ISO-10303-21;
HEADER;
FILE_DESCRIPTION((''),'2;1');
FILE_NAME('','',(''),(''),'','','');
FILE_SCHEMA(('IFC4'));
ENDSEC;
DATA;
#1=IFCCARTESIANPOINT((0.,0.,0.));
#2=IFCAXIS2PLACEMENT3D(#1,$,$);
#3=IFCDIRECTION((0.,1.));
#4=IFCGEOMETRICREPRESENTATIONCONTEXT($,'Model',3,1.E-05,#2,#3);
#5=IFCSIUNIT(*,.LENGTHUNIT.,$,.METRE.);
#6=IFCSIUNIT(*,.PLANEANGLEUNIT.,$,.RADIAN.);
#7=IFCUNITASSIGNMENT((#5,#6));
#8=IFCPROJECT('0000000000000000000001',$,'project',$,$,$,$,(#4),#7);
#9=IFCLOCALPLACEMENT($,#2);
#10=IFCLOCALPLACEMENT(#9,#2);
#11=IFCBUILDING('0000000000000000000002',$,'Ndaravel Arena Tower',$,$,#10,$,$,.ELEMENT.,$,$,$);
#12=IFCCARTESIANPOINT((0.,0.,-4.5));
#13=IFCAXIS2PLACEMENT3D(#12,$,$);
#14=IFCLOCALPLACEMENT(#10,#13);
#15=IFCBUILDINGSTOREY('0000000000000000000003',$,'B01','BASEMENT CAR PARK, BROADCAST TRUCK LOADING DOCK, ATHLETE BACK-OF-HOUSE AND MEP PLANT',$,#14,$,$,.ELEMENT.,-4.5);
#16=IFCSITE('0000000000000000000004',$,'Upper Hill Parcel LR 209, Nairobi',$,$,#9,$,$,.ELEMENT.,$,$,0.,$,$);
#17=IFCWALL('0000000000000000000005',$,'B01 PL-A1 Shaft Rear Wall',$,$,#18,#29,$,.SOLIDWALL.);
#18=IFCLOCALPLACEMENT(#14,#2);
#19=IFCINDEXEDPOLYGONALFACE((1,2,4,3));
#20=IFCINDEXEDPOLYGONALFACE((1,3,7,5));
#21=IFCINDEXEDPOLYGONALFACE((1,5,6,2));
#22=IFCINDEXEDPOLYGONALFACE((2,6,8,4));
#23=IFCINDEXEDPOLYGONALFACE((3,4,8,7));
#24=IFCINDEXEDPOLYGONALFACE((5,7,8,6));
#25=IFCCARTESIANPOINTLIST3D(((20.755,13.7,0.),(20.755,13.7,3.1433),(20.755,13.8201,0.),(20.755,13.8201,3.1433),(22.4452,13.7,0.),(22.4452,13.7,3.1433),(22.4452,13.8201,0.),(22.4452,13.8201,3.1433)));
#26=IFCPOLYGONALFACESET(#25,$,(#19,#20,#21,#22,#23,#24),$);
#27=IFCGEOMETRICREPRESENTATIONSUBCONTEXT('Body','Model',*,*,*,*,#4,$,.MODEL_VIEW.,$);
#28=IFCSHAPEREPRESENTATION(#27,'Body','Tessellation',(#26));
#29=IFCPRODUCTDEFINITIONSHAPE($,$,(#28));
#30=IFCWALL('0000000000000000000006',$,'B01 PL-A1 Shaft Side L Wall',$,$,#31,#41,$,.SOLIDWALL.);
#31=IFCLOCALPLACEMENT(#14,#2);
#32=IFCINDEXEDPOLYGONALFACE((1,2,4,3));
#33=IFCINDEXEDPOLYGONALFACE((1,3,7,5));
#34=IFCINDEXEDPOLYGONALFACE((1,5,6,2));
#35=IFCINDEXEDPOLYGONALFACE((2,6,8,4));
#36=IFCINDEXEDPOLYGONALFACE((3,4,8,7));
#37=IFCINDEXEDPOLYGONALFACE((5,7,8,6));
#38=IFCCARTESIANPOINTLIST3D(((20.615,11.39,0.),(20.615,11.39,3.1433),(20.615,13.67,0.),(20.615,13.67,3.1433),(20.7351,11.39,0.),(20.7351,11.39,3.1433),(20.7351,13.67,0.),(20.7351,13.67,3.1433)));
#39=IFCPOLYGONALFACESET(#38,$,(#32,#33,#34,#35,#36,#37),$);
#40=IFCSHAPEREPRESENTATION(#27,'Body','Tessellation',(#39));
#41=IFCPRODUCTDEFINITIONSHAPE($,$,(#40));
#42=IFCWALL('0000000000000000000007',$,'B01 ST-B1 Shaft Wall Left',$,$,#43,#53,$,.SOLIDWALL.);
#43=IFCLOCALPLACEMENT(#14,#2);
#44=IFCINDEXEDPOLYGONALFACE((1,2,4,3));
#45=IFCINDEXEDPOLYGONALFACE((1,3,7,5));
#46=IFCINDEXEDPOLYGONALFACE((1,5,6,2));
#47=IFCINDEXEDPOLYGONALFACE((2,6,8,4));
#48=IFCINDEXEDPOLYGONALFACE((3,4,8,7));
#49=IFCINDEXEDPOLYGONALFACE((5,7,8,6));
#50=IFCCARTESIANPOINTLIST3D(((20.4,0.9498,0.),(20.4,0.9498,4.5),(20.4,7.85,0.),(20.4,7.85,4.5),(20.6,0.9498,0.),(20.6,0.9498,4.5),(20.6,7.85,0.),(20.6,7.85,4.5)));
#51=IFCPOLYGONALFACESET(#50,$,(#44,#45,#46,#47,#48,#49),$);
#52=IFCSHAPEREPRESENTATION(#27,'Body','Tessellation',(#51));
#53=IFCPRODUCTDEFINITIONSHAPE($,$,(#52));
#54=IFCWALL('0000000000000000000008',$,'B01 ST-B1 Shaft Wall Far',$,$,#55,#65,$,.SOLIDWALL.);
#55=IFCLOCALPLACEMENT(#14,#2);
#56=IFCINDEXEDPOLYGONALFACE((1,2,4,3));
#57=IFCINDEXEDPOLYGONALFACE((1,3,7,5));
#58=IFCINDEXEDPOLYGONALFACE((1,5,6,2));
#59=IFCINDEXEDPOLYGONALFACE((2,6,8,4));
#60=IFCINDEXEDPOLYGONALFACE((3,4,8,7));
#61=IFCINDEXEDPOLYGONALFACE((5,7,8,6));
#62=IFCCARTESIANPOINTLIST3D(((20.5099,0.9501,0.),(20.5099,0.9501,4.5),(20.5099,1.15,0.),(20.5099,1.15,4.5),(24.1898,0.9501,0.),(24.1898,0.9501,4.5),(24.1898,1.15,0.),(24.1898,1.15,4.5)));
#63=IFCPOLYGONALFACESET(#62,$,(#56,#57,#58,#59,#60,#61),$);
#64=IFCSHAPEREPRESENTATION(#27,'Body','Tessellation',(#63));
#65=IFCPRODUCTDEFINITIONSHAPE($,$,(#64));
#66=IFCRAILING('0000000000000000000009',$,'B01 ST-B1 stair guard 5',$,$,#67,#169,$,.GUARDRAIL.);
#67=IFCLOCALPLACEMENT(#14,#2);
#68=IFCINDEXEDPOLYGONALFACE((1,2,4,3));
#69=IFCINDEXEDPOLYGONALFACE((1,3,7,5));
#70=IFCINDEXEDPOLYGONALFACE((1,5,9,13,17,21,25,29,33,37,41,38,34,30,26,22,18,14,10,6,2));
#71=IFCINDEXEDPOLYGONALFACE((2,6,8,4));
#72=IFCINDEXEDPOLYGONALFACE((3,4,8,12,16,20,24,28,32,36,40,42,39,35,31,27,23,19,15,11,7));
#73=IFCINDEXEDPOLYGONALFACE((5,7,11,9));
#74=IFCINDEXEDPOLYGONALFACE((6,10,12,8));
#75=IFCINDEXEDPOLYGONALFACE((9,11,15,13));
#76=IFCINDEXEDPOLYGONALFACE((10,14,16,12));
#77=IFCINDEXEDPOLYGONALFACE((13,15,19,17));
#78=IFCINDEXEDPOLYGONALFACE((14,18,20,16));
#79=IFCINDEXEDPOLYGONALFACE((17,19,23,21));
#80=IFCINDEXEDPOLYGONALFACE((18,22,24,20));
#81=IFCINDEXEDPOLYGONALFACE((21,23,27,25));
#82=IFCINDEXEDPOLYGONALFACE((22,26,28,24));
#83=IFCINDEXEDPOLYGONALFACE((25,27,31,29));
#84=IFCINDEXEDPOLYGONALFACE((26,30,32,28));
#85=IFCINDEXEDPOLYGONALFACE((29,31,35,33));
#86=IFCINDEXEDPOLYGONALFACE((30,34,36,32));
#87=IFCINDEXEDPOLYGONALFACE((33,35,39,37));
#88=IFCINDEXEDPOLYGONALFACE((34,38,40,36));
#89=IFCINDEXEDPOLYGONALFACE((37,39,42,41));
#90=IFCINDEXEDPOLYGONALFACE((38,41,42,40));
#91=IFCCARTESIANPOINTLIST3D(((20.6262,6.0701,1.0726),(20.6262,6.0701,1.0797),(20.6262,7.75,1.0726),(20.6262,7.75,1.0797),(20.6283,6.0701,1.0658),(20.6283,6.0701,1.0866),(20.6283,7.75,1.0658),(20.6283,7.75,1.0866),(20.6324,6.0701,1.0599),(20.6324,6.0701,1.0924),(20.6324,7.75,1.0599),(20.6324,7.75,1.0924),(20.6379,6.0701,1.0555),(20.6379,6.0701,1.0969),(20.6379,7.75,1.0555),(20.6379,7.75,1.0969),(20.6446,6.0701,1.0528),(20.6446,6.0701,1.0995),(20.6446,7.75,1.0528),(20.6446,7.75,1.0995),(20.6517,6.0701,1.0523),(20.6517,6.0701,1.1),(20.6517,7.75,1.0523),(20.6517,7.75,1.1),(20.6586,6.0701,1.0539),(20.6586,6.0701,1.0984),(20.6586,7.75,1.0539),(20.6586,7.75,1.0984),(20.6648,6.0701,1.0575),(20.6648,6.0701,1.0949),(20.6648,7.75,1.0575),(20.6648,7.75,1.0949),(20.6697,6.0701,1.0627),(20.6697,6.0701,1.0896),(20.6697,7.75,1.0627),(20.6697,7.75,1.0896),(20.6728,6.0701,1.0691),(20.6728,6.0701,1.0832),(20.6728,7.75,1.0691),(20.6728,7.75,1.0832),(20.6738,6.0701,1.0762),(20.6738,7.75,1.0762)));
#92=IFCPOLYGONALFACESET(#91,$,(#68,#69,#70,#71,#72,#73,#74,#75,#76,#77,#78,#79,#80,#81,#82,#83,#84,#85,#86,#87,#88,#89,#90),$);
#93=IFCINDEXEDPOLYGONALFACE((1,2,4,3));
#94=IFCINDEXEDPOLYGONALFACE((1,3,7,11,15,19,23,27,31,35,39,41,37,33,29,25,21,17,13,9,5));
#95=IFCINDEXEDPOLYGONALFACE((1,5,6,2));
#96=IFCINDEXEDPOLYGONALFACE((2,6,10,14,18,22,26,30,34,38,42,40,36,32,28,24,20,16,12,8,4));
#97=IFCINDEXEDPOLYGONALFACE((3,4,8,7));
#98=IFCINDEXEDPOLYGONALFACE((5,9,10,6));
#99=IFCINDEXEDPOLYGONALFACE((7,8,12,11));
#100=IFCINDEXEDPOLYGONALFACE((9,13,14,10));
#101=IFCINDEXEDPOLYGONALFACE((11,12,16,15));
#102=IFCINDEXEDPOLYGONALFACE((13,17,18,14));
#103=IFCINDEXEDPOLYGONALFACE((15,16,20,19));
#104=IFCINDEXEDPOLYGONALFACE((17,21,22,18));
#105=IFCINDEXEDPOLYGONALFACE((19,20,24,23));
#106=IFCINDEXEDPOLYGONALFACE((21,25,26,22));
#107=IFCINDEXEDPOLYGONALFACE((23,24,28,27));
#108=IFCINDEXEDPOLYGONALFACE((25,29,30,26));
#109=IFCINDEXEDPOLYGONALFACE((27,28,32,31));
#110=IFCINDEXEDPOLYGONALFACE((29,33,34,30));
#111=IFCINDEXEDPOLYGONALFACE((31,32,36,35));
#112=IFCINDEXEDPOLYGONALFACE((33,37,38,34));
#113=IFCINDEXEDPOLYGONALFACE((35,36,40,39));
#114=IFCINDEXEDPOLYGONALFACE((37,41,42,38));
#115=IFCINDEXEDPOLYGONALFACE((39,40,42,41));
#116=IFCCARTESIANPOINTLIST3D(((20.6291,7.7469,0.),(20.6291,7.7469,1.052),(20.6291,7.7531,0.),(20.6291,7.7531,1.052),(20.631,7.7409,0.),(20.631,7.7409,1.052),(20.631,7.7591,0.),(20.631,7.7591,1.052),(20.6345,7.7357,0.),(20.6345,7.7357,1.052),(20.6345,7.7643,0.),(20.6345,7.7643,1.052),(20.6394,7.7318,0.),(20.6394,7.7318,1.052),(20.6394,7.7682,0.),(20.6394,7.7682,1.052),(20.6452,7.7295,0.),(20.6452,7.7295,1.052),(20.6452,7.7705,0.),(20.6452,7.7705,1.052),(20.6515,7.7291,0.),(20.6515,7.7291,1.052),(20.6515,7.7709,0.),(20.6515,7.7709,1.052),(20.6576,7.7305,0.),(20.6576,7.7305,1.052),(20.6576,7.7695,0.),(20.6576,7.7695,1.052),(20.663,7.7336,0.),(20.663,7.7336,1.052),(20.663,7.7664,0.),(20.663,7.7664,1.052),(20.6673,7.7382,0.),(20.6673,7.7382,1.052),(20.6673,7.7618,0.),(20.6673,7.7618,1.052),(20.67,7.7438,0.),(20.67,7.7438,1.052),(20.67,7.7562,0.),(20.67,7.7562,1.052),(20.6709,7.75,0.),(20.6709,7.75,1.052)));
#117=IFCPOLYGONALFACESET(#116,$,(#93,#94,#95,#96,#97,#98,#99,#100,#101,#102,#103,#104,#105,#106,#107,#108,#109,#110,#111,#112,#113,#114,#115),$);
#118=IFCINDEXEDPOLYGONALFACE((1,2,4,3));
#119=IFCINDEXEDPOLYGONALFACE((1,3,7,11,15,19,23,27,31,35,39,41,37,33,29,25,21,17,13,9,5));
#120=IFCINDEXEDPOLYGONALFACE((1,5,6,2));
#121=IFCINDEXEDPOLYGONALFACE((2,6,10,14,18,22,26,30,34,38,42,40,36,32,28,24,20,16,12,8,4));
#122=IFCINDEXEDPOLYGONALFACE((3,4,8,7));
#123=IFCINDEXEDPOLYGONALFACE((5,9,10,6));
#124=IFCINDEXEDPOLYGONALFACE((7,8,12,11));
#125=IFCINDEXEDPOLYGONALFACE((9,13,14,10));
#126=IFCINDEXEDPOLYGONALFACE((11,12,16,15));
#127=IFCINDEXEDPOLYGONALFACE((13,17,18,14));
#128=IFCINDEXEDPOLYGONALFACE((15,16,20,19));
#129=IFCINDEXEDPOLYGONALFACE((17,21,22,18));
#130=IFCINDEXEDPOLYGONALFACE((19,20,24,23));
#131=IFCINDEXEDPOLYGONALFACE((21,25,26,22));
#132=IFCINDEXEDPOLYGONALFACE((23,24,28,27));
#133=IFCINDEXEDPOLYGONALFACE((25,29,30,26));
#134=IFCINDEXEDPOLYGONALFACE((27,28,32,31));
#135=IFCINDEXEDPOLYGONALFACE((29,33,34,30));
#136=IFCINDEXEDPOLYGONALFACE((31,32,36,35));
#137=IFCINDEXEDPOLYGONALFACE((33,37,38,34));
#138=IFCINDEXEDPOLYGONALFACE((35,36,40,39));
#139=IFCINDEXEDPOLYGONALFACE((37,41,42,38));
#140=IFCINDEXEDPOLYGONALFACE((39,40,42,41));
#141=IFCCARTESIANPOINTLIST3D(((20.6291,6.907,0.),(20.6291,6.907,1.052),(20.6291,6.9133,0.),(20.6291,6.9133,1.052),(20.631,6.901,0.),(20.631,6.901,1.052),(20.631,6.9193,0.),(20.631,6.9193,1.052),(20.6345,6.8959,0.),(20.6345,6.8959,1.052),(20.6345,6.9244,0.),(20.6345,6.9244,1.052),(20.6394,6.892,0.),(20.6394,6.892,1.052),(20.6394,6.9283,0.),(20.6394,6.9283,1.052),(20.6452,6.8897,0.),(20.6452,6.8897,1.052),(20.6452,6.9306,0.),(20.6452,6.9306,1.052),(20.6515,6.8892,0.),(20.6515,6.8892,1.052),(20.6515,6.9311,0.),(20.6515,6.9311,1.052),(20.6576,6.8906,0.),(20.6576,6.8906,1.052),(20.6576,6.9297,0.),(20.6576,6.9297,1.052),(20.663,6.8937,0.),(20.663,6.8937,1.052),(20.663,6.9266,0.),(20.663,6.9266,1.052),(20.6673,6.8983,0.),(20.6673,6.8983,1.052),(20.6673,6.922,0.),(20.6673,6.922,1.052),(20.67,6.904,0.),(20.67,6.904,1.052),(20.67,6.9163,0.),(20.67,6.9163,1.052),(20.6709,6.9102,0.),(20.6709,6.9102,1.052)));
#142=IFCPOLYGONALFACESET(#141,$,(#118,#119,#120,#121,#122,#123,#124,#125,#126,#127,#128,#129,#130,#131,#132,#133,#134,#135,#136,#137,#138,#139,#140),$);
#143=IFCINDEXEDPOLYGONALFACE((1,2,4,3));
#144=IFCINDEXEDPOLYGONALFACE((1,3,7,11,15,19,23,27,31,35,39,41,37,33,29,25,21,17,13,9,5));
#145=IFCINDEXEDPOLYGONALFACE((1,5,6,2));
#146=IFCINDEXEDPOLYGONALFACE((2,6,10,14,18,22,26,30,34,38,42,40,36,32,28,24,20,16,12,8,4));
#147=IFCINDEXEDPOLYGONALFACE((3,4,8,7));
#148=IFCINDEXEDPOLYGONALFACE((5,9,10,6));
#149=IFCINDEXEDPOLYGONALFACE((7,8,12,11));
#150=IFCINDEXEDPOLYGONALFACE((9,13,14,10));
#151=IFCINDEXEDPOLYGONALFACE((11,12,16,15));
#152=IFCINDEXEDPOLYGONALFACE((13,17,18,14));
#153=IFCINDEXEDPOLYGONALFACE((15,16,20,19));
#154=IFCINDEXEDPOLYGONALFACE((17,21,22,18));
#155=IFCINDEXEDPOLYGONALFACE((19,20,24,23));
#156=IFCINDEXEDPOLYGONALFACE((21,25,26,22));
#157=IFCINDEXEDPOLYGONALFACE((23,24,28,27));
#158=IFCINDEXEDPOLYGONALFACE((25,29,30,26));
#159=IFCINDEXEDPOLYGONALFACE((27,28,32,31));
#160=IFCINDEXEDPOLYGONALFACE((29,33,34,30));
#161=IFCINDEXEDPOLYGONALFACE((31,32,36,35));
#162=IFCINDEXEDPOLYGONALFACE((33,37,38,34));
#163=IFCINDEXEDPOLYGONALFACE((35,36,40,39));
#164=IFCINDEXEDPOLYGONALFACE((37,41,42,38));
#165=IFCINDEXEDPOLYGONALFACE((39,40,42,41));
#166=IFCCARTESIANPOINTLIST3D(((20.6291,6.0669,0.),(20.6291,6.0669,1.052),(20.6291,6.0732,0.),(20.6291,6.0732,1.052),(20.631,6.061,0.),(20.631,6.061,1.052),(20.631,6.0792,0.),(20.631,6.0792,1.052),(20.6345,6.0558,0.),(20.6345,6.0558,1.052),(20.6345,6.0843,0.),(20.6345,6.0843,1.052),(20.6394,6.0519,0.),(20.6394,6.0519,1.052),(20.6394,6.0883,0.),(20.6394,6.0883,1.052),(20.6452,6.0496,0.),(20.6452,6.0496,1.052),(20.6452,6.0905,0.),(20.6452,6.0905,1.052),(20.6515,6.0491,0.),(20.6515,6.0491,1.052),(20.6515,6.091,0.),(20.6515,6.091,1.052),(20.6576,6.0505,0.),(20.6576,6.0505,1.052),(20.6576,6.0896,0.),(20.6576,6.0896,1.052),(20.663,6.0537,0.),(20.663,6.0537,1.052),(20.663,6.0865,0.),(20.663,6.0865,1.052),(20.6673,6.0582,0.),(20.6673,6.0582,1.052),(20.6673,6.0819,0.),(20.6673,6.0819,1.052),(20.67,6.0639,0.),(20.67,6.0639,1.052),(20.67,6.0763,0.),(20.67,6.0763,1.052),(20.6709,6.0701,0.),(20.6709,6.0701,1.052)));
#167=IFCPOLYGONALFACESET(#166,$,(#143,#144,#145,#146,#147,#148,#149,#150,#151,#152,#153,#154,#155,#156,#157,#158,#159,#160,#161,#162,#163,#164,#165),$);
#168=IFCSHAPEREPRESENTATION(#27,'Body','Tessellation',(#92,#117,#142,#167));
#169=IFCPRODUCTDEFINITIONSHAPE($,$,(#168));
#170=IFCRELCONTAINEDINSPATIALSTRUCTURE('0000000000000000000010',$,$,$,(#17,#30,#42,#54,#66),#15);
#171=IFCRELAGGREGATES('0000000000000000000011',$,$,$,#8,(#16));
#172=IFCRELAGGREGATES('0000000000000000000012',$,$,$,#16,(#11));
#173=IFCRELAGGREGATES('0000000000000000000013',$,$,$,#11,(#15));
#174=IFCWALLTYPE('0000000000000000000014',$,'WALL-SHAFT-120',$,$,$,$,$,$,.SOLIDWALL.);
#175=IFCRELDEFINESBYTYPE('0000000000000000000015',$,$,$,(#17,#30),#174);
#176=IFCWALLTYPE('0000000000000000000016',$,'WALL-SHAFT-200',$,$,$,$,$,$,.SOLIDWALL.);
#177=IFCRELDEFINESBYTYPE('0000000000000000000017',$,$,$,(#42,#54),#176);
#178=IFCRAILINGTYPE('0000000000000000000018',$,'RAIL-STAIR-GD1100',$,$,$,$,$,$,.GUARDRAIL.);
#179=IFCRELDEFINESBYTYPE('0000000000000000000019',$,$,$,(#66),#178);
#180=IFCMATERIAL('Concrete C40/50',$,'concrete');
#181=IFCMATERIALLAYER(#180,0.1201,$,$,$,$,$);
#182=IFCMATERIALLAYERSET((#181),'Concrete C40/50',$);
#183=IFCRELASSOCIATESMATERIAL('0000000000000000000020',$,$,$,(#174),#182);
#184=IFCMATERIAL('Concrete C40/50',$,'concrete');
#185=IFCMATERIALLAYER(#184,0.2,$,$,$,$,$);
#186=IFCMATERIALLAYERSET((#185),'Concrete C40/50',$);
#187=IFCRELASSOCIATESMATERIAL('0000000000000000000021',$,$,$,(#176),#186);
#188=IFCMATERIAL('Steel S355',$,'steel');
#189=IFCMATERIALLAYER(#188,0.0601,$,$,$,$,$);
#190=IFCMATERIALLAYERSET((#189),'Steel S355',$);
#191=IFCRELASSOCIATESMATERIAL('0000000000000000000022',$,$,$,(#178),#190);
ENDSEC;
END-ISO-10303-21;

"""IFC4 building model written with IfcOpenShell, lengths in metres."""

from ifc_helpers import new_model, si_unit, direction, frame, frame_2d, origin, origin_2d, place, context, subcontext, project, spatial, rectangle, circle, extrude, material, layer, layer_set, type_object, element, save


model = new_model("IFC4")

# Units and contexts
model_context = context("Model", 3, precision=1e-05, world=origin(), true_north=direction((0.0, 1.0)))
body_context = subcontext(model_context, "Body", "Model", "MODEL_VIEW")
ifc_project = project(units=[si_unit("LENGTHUNIT", "METRE"), si_unit("PLANEANGLEUNIT", "RADIAN")], contexts=[model_context])

# Site, building, storey
site_placement = place(None, origin())
site = spatial("IfcSite", under=ifc_project, at=site_placement, Name="Upper Hill Parcel LR 209, Nairobi", CompositionType="ELEMENT", RefElevation=0.0)
building_placement = place(site_placement, origin())
building = spatial("IfcBuilding", under=site, at=building_placement, Name="Ndaravel Arena Tower", CompositionType="ELEMENT")
storey_placement = place(building_placement, frame((0.0, 0.0, -4.5)))
storey = spatial("IfcBuildingStorey", under=building, at=storey_placement, Name="B01", Description="BASEMENT CAR PARK, BROADCAST TRUCK LOADING DOCK, ATHLETE BACK-OF-HOUSE AND MEP PLANT", CompositionType="ELEMENT", Elevation=-4.5)

# Shared definitions
ifc_material_1 = material(Name="Concrete C40/50", Category="concrete")
ifc_layer_1 = layer(ifc_material_1, 0.1201)
ifc_layer_set_1 = layer_set([ifc_layer_1], Name="Concrete C40/50")
wall_type_1 = type_object("IfcWallType", Name="WALL-SHAFT-120", PredefinedType="SOLIDWALL", material=ifc_layer_set_1)

# Walls
wall_1_placement = place(storey_placement, frame((20.7549, 13.76, 0.0), z_axis=(0.0, 0.0, 1.0), x_axis=(1.0, 0.0, 0.0)))
element("IfcWall", 1, at=wall_1_placement, inside=storey, type_object=wall_type_1, Name="B01 PL-A1 Shaft Rear Wall", PredefinedType="SOLIDWALL", context=body_context, shape_type="SweptSolid", body=[
    extrude(rectangle(XDim=1.6902, YDim=0.1201, at=frame_2d((0.8452, 0.0))), origin(), (0.0, 0.0, 1.0), 3.1433),
])
wall_2_placement = place(storey_placement, frame((20.675, 11.3899, 0.0), z_axis=(0.0, 0.0, 1.0), x_axis=(0.0, 1.0, 0.0)))
element("IfcWall", 2, at=wall_2_placement, inside=storey, type_object=wall_type_1, Name="B01 PL-A1 Shaft Side L Wall", PredefinedType="SOLIDWALL", context=body_context, shape_type="SweptSolid", body=[
    extrude(rectangle(XDim=2.28, YDim=0.1201, at=frame_2d((1.1401, 0.0))), origin(), (0.0, 0.0, 1.0), 3.1433),
])
ifc_material_2 = material(Name="Concrete C40/50", Category="concrete")
ifc_layer_2 = layer(ifc_material_2, 0.2)
ifc_layer_set_2 = layer_set([ifc_layer_2], Name="Concrete C40/50")
wall_type_2 = type_object("IfcWallType", Name="WALL-SHAFT-200", PredefinedType="SOLIDWALL", material=ifc_layer_set_2)
wall_3_placement = place(storey_placement, frame((20.5, 7.8501, 0.0), z_axis=(0.0, 0.0, 1.0), x_axis=(0.0, -1.0, 0.0)))
element("IfcWall", 3, at=wall_3_placement, inside=storey, type_object=wall_type_2, Name="B01 ST-B1 Shaft Wall Left", PredefinedType="SOLIDWALL", context=body_context, shape_type="SweptSolid", body=[
    extrude(rectangle(XDim=6.9001, YDim=0.2, at=frame_2d((3.4502, 0.0))), origin(), (0.0, 0.0, 1.0), 4.5),
])
wall_4_placement = place(storey_placement, frame((20.51, 1.05, 0.0), z_axis=(0.0, 0.0, 1.0), x_axis=(1.0, 0.0, 0.0)))
element("IfcWall", 4, at=wall_4_placement, inside=storey, type_object=wall_type_2, Name="B01 ST-B1 Shaft Wall Far", PredefinedType="SOLIDWALL", context=body_context, shape_type="SweptSolid", body=[
    extrude(rectangle(XDim=3.6799, YDim=0.2, at=frame_2d((1.8398, 0.0))), origin(), (0.0, 0.0, 1.0), 4.5),
])

# Railing
ifc_material_3 = material(Name="Steel S355", Category="steel")
ifc_layer_3 = layer(ifc_material_3, 0.0601)
ifc_layer_set_3 = layer_set([ifc_layer_3], Name="Steel S355")
railing_type_1 = type_object("IfcRailingType", Name="RAIL-STAIR-GD1100", PredefinedType="GUARDRAIL", material=ifc_layer_set_3)
railing_1_placement = place(storey_placement, frame((20.6499, 7.75, 0.0)))
element("IfcRailing", 5, at=railing_1_placement, inside=storey, type_object=railing_type_1, Name="B01 ST-B1 stair guard 5", PredefinedType="GUARDRAIL", context=body_context, shape_type="SweptSolid", body=[
    extrude(circle(Radius=0.0239, at=origin_2d()), frame((0.0, 0.0, 1.0762), z_axis=(0.0, -1.0, 0.0), x_axis=(1.0, 0.0, 0.0)), (0.0, 0.0, 1.0), 1.6799),
    extrude(circle(Radius=0.021, at=origin_2d()), origin(), (0.0, 0.0, 1.0), 1.052),
    extrude(circle(Radius=0.021, at=origin_2d()), frame((0.0, -0.8398, 0.0)), (0.0, 0.0, 1.0), 1.052),
    extrude(circle(Radius=0.021, at=origin_2d()), frame((0.0, -1.6799, 0.0)), (0.0, 0.0, 1.0), 1.052),
])

save(model, "model.ifc")
